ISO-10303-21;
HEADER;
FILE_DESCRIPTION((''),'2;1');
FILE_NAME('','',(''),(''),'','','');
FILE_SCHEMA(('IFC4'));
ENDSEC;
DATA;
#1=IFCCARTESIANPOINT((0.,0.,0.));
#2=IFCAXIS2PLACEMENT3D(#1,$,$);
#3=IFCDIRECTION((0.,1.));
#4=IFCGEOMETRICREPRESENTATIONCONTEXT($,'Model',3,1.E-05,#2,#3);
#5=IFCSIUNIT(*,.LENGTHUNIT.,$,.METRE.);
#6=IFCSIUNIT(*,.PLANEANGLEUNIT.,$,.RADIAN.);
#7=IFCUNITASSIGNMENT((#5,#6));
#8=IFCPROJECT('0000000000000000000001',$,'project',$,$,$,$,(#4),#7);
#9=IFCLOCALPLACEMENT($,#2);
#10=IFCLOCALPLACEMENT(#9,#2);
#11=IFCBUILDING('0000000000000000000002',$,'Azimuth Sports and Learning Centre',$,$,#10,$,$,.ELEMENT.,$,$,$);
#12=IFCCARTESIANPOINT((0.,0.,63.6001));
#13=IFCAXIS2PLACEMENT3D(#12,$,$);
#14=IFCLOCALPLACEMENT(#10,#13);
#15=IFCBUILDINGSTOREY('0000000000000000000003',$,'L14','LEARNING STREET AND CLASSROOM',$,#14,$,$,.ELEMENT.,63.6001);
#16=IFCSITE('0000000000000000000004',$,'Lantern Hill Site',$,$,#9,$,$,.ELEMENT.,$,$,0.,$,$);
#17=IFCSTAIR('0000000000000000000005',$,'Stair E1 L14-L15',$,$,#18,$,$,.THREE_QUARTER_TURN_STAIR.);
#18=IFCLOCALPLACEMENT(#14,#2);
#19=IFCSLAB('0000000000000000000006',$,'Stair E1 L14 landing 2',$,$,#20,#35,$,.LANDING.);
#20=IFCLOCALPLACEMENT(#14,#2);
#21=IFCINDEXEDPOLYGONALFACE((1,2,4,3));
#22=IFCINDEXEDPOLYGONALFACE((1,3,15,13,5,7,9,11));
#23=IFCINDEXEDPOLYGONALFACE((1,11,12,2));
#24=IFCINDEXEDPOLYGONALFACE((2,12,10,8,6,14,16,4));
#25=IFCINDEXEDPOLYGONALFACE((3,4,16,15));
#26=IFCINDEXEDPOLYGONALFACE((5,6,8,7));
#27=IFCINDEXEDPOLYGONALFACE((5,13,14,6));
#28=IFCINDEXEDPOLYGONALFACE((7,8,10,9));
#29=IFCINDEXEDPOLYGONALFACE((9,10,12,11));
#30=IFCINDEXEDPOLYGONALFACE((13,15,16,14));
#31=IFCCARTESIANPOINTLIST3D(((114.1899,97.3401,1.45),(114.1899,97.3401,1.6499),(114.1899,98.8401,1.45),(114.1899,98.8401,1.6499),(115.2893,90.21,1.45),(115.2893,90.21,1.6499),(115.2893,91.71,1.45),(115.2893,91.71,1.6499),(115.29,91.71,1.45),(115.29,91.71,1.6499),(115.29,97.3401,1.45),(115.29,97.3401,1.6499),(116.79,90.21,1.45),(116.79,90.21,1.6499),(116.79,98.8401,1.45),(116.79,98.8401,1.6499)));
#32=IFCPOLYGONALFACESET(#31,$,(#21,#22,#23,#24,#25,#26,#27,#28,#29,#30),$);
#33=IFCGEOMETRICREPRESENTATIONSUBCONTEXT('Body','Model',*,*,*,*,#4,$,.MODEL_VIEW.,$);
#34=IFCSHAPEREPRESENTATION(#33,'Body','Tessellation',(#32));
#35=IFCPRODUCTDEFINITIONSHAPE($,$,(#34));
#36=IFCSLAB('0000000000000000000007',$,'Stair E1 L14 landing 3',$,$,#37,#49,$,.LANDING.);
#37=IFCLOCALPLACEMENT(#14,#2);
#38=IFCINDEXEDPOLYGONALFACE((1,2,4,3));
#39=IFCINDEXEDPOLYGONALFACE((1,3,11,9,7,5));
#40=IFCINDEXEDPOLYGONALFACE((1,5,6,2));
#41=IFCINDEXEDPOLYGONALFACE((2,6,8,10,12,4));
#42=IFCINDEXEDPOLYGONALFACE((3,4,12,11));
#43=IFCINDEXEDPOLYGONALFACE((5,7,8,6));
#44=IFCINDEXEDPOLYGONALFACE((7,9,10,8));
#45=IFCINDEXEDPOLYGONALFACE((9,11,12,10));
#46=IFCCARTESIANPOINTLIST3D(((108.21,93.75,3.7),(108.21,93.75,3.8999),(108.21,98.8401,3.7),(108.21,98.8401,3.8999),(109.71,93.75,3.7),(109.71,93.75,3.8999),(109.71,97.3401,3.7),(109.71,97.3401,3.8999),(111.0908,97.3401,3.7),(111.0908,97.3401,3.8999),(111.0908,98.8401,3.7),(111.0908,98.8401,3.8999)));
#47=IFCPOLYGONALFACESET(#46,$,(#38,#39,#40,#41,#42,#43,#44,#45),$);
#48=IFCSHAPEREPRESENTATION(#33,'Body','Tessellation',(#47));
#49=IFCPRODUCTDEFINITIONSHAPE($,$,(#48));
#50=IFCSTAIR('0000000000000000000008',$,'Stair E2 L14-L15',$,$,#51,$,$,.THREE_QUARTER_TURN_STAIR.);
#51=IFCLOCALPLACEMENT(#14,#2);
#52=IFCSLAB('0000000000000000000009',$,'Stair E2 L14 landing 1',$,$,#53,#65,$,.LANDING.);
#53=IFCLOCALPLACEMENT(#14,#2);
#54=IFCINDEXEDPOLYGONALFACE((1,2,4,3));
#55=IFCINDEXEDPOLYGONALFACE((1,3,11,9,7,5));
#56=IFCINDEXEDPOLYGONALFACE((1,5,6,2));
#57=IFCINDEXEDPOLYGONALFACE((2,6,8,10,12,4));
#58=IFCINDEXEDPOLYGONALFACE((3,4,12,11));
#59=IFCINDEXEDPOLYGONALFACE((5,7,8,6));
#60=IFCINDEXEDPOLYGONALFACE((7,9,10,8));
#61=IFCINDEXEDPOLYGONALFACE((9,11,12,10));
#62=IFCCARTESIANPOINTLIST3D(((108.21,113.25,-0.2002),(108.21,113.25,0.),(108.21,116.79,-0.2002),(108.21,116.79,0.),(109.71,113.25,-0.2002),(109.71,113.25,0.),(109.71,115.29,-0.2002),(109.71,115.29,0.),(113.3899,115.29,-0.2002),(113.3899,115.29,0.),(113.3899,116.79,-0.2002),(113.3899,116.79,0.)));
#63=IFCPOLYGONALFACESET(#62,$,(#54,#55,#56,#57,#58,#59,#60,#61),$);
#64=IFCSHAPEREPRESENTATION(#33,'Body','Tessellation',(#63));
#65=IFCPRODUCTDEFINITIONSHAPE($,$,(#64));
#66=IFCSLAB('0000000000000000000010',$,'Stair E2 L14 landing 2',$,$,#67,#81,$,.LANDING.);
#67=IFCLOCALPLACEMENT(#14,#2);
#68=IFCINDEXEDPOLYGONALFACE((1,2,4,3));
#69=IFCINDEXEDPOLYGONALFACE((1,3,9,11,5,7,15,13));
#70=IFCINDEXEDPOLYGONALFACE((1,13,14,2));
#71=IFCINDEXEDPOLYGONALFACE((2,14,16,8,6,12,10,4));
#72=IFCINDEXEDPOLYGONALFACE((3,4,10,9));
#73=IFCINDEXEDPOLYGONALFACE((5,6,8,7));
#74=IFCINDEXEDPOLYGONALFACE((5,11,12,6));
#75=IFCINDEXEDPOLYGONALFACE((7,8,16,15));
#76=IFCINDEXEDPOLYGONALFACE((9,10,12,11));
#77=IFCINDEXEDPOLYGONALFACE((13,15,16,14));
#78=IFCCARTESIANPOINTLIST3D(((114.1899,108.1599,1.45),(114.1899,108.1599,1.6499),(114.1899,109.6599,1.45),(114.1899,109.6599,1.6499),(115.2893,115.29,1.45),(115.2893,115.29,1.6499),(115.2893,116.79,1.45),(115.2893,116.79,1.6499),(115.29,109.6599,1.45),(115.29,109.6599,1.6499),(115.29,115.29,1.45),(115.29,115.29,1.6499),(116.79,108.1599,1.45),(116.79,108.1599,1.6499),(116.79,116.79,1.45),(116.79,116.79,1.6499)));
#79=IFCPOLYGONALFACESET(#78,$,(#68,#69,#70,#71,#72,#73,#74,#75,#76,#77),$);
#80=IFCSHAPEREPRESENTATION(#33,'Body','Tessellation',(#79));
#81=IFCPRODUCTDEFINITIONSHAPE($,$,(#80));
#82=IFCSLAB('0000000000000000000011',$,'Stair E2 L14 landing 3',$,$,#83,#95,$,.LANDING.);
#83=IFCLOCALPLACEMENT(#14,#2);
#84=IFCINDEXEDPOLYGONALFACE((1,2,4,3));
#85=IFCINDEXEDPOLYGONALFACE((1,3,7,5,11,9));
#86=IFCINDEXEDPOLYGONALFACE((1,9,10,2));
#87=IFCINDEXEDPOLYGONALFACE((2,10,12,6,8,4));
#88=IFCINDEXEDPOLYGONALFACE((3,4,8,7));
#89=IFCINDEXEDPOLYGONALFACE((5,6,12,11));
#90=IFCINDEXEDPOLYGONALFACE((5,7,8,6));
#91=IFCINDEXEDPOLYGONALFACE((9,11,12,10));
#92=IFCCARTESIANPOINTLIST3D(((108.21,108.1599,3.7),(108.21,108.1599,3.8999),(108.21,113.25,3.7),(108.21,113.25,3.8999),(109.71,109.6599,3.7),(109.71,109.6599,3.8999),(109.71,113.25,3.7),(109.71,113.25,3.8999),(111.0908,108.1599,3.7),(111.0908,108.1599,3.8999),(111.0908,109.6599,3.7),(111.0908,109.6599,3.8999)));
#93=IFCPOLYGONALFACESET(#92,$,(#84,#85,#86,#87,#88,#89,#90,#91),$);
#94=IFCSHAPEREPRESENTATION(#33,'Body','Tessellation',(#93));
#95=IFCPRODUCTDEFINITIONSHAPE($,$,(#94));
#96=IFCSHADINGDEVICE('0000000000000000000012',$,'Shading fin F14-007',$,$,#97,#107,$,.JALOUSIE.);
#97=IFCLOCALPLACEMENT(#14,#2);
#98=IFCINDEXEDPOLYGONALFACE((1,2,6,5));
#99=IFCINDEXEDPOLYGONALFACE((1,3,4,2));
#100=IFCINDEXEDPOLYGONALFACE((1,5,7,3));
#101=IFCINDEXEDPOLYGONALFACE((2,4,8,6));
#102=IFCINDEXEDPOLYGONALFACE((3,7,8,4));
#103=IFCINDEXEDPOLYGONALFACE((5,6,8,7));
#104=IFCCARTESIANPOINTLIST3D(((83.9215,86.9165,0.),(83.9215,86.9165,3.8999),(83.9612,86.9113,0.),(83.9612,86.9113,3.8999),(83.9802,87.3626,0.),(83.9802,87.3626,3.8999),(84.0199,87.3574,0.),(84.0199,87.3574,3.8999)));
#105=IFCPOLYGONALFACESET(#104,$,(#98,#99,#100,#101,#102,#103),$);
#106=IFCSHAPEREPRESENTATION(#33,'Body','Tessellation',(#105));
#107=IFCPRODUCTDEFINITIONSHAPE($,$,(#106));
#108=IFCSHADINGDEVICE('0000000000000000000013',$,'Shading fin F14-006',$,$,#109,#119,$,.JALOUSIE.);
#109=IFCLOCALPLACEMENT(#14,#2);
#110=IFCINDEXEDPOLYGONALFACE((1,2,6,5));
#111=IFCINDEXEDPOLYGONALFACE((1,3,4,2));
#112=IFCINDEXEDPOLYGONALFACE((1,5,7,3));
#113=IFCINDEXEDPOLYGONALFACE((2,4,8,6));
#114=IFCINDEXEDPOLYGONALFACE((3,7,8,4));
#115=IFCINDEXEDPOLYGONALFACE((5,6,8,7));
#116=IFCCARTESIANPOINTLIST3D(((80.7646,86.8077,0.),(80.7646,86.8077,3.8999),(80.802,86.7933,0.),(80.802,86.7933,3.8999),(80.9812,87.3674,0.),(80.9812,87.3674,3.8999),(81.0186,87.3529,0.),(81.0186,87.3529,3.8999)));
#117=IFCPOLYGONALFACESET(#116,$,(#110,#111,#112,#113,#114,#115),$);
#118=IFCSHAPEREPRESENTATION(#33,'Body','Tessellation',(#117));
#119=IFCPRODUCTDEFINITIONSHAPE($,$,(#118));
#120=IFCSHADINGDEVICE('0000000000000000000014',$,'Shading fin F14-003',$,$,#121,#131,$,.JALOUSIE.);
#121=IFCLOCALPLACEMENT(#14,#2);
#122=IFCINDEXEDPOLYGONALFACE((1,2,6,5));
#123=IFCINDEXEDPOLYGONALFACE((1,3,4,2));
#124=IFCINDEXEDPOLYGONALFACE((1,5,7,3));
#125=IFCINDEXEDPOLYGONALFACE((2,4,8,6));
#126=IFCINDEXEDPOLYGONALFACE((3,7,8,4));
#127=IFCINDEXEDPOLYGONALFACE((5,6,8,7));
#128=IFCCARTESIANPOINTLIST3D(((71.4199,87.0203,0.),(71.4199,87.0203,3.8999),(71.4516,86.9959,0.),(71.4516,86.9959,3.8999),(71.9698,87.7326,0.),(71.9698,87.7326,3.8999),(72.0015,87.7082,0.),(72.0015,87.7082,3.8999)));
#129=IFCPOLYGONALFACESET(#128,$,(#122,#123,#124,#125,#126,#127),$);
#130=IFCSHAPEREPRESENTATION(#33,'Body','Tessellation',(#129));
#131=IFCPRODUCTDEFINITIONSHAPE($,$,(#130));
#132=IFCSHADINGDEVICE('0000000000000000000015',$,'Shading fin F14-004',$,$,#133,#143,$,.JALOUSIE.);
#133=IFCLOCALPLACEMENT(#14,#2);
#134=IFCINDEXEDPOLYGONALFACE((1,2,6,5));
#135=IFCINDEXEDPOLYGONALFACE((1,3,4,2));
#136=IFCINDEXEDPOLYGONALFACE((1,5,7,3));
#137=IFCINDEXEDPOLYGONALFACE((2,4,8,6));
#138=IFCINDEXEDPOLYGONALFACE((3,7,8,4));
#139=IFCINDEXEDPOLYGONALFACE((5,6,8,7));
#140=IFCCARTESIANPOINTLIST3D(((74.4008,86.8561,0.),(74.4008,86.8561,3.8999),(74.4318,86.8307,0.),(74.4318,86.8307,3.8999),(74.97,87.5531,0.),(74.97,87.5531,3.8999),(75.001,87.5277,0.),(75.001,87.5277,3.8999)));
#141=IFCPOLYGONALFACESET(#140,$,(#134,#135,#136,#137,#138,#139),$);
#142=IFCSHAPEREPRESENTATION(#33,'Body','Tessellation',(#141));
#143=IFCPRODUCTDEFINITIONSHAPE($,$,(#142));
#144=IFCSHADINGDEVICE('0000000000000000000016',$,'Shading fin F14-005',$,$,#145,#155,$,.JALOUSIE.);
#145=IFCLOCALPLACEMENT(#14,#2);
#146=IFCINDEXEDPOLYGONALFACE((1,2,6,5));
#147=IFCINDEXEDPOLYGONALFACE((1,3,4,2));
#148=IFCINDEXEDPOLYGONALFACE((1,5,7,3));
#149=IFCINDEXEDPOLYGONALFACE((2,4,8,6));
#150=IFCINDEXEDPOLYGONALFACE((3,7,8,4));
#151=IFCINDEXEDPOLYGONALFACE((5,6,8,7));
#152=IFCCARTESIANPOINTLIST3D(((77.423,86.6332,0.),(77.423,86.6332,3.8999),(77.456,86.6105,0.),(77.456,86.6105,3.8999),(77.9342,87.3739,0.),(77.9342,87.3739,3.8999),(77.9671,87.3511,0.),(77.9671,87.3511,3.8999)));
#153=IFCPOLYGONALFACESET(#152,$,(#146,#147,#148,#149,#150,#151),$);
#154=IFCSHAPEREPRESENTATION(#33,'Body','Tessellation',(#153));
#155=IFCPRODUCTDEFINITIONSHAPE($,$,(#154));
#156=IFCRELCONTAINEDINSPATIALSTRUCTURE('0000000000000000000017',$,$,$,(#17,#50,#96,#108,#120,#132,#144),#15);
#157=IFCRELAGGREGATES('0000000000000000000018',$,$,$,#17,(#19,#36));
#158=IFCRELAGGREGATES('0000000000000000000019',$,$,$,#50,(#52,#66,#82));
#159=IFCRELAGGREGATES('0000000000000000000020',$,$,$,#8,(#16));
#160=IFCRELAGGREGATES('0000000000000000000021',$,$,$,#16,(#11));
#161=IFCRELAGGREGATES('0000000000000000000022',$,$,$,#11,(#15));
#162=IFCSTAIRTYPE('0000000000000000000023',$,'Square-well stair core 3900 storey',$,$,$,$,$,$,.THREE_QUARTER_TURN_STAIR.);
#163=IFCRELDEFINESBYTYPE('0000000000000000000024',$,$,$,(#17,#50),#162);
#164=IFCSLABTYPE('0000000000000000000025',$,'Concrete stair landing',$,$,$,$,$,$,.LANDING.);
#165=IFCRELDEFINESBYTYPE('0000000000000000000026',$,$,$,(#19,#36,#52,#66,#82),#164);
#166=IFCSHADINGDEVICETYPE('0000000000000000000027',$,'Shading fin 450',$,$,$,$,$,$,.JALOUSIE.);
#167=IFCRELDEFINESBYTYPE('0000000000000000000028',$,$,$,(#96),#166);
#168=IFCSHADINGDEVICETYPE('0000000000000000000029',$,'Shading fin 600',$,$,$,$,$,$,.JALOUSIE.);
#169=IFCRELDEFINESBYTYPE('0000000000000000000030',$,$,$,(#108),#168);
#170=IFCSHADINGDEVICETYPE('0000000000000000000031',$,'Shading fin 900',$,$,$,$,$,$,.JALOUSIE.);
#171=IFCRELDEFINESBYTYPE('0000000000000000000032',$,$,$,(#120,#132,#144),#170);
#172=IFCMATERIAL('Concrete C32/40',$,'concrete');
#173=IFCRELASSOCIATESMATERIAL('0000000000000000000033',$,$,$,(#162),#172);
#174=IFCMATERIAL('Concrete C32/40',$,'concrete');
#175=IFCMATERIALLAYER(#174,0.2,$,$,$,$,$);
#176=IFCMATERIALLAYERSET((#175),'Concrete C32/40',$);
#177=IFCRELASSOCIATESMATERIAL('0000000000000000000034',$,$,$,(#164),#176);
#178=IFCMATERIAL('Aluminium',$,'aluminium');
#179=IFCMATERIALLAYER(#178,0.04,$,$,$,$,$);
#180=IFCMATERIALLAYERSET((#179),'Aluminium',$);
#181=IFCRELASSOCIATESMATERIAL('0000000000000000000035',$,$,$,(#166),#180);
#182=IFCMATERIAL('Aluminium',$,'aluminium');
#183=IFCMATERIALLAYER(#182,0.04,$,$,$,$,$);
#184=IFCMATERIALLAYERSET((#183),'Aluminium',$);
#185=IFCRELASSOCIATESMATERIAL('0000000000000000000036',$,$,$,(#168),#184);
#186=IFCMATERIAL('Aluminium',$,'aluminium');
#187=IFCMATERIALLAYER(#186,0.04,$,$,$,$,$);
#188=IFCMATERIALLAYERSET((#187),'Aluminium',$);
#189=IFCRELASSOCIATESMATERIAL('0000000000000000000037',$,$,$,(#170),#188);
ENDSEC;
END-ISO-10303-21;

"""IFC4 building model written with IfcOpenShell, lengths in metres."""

from ifc_helpers import new_model, si_unit, direction, frame, origin, origin_2d, place, context, subcontext, project, spatial, polyline, rectangle, outline, extrude, material, layer, layer_set, type_object, element, aggregate, save


model = new_model("IFC4")

# Units and contexts
model_context = context("Model", 3, precision=1e-05, world=origin(), true_north=direction((0.0, 1.0)))
body_context = subcontext(model_context, "Body", "Model", "MODEL_VIEW")
ifc_project = project(units=[si_unit("LENGTHUNIT", "METRE"), si_unit("PLANEANGLEUNIT", "RADIAN")], contexts=[model_context])

# Site, building, storey
site_placement = place(None, origin())
site = spatial("IfcSite", under=ifc_project, at=site_placement, Name="Lantern Hill Site", CompositionType="ELEMENT", RefElevation=0.0)
building_placement = place(site_placement, origin())
building = spatial("IfcBuilding", under=site, at=building_placement, Name="Azimuth Sports and Learning Centre", CompositionType="ELEMENT")
storey_placement = place(building_placement, frame((0.0, 0.0, 63.6001)))
storey = spatial("IfcBuildingStorey", under=building, at=storey_placement, Name="L14", Description="LEARNING STREET AND CLASSROOM", CompositionType="ELEMENT", Elevation=63.6001)

# Stairs, slabs
ifc_material_1 = material(Name="Concrete C32/40", Category="concrete")
stair_type = type_object("IfcStairType", Name="Square-well stair core 3900 storey", PredefinedType="THREE_QUARTER_TURN_STAIR", material=ifc_material_1)
ifc_material_2 = material(Name="Concrete C32/40", Category="concrete")
ifc_layer_1 = layer(ifc_material_2, 0.2)
ifc_layer_set_1 = layer_set([ifc_layer_1], Name="Concrete C32/40")
slab_type_1 = type_object("IfcSlabType", Name="Concrete stair landing", PredefinedType="LANDING", material=ifc_layer_set_1)
stair_1_placement = place(storey_placement, origin())
stair_1 = element("IfcStair", 1, at=stair_1_placement, inside=storey, type_object=stair_type, Name="Stair E1 L14-L15", PredefinedType="THREE_QUARTER_TURN_STAIR")
slab_1_placement = place(storey_placement, frame((0.0, 0.0, 1.45)))
slab_1 = element("IfcSlab", 2, at=slab_1_placement, type_object=slab_type_1, Name="Stair E1 L14 landing 2", PredefinedType="LANDING", context=body_context, shape_type="SweptSolid", body=[
    extrude(outline(polyline([(115.29, 91.71), (115.2893, 91.71), (115.2893, 90.21), (116.79, 90.21), (116.79, 98.8401), (114.1899, 98.8401), (114.1899, 97.3401), (115.29, 97.3401), (115.29, 91.71)])), origin(), (0.0, 0.0, 1.0), 0.2),
])
slab_2_placement = place(storey_placement, frame((0.0, 0.0, 3.7)))
slab_2 = element("IfcSlab", 3, at=slab_2_placement, type_object=slab_type_1, Name="Stair E1 L14 landing 3", PredefinedType="LANDING", context=body_context, shape_type="SweptSolid", body=[
    extrude(outline(polyline([(109.71, 97.3401), (111.0908, 97.3401), (111.0908, 98.8401), (108.21, 98.8401), (108.21, 93.75), (109.71, 93.75), (109.71, 97.3401)])), origin(), (0.0, 0.0, 1.0), 0.2),
])
aggregate(stair_1, [slab_1, slab_2])
stair_2_placement = place(storey_placement, origin())
stair_2 = element("IfcStair", 4, at=stair_2_placement, inside=storey, type_object=stair_type, Name="Stair E2 L14-L15", PredefinedType="THREE_QUARTER_TURN_STAIR")
slab_3_placement = place(storey_placement, frame((0.0, 0.0, -0.2002)))
slab_3 = element("IfcSlab", 5, at=slab_3_placement, type_object=slab_type_1, Name="Stair E2 L14 landing 1", PredefinedType="LANDING", context=body_context, shape_type="SweptSolid", body=[
    extrude(outline(polyline([(108.21, 116.79), (108.21, 113.25), (109.71, 113.25), (109.71, 115.29), (113.3899, 115.29), (113.3899, 116.79), (108.21, 116.79)])), origin(), (0.0, 0.0, 1.0), 0.2002),
])
slab_4_placement = place(storey_placement, frame((0.0, 0.0, 1.45)))
slab_4 = element("IfcSlab", 6, at=slab_4_placement, type_object=slab_type_1, Name="Stair E2 L14 landing 2", PredefinedType="LANDING", context=body_context, shape_type="SweptSolid", body=[
    extrude(outline(polyline([(115.29, 115.29), (115.29, 109.6599), (114.1899, 109.6599), (114.1899, 108.1599), (116.79, 108.1599), (116.79, 116.79), (115.2893, 116.79), (115.2893, 115.29), (115.29, 115.29)])), origin(), (0.0, 0.0, 1.0), 0.2),
])
slab_5_placement = place(storey_placement, frame((0.0, 0.0, 3.7)))
slab_5 = element("IfcSlab", 7, at=slab_5_placement, type_object=slab_type_1, Name="Stair E2 L14 landing 3", PredefinedType="LANDING", context=body_context, shape_type="SweptSolid", body=[
    extrude(outline(polyline([(109.71, 109.6599), (109.71, 113.25), (108.21, 113.25), (108.21, 108.1599), (111.0908, 108.1599), (111.0908, 109.6599), (109.71, 109.6599)])), origin(), (0.0, 0.0, 1.0), 0.2),
])
aggregate(stair_2, [slab_3, slab_4, slab_5])

# Shading devices
ifc_material_3 = material(Name="Aluminium", Category="aluminium")
ifc_layer_2 = layer(ifc_material_3, 0.04)
ifc_layer_set_2 = layer_set([ifc_layer_2], Name="Aluminium")
shading_device_type_1 = type_object("IfcShadingDeviceType", Name="Shading fin 450", PredefinedType="JALOUSIE", material=ifc_layer_set_2)
shading_device_1_placement = place(storey_placement, frame((83.9707, 87.137, 0.0), z_axis=(0.0, 0.0, 1.0), x_axis=(-0.130264, -0.991479, 0.0)))
element("IfcShadingDevice", 8, at=shading_device_1_placement, inside=storey, type_object=shading_device_type_1, Name="Shading fin F14-007", PredefinedType="JALOUSIE", context=body_context, shape_type="SweptSolid", body=[
    extrude(rectangle(XDim=0.45, YDim=0.04, at=origin_2d()), origin(), (0.0, 0.0, 1.0), 3.8999),
])
ifc_material_4 = material(Name="Aluminium", Category="aluminium")
ifc_layer_3 = layer(ifc_material_4, 0.04)
ifc_layer_set_3 = layer_set([ifc_layer_3], Name="Aluminium")
shading_device_type_2 = type_object("IfcShadingDeviceType", Name="Shading fin 600", PredefinedType="JALOUSIE", material=ifc_layer_set_3)
shading_device_2_placement = place(storey_placement, frame((80.8916, 87.0803, 0.0), z_axis=(0.0, 0.0, 1.0), x_axis=(-0.360978, -0.932574, 0.0)))
element("IfcShadingDevice", 9, at=shading_device_2_placement, inside=storey, type_object=shading_device_type_2, Name="Shading fin F14-006", PredefinedType="JALOUSIE", context=body_context, shape_type="SweptSolid", body=[
    extrude(rectangle(XDim=0.6001, YDim=0.04, at=origin_2d()), origin(), (0.0, 0.0, 1.0), 3.8999),
])
ifc_material_5 = material(Name="Aluminium", Category="aluminium")
ifc_layer_4 = layer(ifc_material_5, 0.04)
ifc_layer_set_4 = layer_set([ifc_layer_4], Name="Aluminium")
shading_device_type_3 = type_object("IfcShadingDeviceType", Name="Shading fin 900", PredefinedType="JALOUSIE", material=ifc_layer_set_4)
for number, where, z_axis, x_axis, name in (
    (10, (71.7107, 87.3643, 0.0), (0.0, 0.0, 1.0), (-0.611135, -0.791526, 0.0), "Shading fin F14-003"),
    (11, (74.7009, 87.1919, 0.0), (0.0, 0.0, 1.0), (-0.632522, -0.774543, 0.0), "Shading fin F14-004"),
    (12, (77.6951, 86.9922, 0.0), (0.0, 0.0, 1.0), (-0.567995, -0.823032, 0.0), "Shading fin F14-005"),
):
    element("IfcShadingDevice", number, at=place(storey_placement, frame(where, z_axis=z_axis, x_axis=x_axis)), inside=storey, type_object=shading_device_type_3, Name=name, PredefinedType="JALOUSIE", context=body_context, shape_type="SweptSolid", body=[
        extrude(rectangle(XDim=0.8999, YDim=0.04, at=origin_2d()), origin(), (0.0, 0.0, 1.0), 3.8999),
    ])

save(model, "model.ifc")
